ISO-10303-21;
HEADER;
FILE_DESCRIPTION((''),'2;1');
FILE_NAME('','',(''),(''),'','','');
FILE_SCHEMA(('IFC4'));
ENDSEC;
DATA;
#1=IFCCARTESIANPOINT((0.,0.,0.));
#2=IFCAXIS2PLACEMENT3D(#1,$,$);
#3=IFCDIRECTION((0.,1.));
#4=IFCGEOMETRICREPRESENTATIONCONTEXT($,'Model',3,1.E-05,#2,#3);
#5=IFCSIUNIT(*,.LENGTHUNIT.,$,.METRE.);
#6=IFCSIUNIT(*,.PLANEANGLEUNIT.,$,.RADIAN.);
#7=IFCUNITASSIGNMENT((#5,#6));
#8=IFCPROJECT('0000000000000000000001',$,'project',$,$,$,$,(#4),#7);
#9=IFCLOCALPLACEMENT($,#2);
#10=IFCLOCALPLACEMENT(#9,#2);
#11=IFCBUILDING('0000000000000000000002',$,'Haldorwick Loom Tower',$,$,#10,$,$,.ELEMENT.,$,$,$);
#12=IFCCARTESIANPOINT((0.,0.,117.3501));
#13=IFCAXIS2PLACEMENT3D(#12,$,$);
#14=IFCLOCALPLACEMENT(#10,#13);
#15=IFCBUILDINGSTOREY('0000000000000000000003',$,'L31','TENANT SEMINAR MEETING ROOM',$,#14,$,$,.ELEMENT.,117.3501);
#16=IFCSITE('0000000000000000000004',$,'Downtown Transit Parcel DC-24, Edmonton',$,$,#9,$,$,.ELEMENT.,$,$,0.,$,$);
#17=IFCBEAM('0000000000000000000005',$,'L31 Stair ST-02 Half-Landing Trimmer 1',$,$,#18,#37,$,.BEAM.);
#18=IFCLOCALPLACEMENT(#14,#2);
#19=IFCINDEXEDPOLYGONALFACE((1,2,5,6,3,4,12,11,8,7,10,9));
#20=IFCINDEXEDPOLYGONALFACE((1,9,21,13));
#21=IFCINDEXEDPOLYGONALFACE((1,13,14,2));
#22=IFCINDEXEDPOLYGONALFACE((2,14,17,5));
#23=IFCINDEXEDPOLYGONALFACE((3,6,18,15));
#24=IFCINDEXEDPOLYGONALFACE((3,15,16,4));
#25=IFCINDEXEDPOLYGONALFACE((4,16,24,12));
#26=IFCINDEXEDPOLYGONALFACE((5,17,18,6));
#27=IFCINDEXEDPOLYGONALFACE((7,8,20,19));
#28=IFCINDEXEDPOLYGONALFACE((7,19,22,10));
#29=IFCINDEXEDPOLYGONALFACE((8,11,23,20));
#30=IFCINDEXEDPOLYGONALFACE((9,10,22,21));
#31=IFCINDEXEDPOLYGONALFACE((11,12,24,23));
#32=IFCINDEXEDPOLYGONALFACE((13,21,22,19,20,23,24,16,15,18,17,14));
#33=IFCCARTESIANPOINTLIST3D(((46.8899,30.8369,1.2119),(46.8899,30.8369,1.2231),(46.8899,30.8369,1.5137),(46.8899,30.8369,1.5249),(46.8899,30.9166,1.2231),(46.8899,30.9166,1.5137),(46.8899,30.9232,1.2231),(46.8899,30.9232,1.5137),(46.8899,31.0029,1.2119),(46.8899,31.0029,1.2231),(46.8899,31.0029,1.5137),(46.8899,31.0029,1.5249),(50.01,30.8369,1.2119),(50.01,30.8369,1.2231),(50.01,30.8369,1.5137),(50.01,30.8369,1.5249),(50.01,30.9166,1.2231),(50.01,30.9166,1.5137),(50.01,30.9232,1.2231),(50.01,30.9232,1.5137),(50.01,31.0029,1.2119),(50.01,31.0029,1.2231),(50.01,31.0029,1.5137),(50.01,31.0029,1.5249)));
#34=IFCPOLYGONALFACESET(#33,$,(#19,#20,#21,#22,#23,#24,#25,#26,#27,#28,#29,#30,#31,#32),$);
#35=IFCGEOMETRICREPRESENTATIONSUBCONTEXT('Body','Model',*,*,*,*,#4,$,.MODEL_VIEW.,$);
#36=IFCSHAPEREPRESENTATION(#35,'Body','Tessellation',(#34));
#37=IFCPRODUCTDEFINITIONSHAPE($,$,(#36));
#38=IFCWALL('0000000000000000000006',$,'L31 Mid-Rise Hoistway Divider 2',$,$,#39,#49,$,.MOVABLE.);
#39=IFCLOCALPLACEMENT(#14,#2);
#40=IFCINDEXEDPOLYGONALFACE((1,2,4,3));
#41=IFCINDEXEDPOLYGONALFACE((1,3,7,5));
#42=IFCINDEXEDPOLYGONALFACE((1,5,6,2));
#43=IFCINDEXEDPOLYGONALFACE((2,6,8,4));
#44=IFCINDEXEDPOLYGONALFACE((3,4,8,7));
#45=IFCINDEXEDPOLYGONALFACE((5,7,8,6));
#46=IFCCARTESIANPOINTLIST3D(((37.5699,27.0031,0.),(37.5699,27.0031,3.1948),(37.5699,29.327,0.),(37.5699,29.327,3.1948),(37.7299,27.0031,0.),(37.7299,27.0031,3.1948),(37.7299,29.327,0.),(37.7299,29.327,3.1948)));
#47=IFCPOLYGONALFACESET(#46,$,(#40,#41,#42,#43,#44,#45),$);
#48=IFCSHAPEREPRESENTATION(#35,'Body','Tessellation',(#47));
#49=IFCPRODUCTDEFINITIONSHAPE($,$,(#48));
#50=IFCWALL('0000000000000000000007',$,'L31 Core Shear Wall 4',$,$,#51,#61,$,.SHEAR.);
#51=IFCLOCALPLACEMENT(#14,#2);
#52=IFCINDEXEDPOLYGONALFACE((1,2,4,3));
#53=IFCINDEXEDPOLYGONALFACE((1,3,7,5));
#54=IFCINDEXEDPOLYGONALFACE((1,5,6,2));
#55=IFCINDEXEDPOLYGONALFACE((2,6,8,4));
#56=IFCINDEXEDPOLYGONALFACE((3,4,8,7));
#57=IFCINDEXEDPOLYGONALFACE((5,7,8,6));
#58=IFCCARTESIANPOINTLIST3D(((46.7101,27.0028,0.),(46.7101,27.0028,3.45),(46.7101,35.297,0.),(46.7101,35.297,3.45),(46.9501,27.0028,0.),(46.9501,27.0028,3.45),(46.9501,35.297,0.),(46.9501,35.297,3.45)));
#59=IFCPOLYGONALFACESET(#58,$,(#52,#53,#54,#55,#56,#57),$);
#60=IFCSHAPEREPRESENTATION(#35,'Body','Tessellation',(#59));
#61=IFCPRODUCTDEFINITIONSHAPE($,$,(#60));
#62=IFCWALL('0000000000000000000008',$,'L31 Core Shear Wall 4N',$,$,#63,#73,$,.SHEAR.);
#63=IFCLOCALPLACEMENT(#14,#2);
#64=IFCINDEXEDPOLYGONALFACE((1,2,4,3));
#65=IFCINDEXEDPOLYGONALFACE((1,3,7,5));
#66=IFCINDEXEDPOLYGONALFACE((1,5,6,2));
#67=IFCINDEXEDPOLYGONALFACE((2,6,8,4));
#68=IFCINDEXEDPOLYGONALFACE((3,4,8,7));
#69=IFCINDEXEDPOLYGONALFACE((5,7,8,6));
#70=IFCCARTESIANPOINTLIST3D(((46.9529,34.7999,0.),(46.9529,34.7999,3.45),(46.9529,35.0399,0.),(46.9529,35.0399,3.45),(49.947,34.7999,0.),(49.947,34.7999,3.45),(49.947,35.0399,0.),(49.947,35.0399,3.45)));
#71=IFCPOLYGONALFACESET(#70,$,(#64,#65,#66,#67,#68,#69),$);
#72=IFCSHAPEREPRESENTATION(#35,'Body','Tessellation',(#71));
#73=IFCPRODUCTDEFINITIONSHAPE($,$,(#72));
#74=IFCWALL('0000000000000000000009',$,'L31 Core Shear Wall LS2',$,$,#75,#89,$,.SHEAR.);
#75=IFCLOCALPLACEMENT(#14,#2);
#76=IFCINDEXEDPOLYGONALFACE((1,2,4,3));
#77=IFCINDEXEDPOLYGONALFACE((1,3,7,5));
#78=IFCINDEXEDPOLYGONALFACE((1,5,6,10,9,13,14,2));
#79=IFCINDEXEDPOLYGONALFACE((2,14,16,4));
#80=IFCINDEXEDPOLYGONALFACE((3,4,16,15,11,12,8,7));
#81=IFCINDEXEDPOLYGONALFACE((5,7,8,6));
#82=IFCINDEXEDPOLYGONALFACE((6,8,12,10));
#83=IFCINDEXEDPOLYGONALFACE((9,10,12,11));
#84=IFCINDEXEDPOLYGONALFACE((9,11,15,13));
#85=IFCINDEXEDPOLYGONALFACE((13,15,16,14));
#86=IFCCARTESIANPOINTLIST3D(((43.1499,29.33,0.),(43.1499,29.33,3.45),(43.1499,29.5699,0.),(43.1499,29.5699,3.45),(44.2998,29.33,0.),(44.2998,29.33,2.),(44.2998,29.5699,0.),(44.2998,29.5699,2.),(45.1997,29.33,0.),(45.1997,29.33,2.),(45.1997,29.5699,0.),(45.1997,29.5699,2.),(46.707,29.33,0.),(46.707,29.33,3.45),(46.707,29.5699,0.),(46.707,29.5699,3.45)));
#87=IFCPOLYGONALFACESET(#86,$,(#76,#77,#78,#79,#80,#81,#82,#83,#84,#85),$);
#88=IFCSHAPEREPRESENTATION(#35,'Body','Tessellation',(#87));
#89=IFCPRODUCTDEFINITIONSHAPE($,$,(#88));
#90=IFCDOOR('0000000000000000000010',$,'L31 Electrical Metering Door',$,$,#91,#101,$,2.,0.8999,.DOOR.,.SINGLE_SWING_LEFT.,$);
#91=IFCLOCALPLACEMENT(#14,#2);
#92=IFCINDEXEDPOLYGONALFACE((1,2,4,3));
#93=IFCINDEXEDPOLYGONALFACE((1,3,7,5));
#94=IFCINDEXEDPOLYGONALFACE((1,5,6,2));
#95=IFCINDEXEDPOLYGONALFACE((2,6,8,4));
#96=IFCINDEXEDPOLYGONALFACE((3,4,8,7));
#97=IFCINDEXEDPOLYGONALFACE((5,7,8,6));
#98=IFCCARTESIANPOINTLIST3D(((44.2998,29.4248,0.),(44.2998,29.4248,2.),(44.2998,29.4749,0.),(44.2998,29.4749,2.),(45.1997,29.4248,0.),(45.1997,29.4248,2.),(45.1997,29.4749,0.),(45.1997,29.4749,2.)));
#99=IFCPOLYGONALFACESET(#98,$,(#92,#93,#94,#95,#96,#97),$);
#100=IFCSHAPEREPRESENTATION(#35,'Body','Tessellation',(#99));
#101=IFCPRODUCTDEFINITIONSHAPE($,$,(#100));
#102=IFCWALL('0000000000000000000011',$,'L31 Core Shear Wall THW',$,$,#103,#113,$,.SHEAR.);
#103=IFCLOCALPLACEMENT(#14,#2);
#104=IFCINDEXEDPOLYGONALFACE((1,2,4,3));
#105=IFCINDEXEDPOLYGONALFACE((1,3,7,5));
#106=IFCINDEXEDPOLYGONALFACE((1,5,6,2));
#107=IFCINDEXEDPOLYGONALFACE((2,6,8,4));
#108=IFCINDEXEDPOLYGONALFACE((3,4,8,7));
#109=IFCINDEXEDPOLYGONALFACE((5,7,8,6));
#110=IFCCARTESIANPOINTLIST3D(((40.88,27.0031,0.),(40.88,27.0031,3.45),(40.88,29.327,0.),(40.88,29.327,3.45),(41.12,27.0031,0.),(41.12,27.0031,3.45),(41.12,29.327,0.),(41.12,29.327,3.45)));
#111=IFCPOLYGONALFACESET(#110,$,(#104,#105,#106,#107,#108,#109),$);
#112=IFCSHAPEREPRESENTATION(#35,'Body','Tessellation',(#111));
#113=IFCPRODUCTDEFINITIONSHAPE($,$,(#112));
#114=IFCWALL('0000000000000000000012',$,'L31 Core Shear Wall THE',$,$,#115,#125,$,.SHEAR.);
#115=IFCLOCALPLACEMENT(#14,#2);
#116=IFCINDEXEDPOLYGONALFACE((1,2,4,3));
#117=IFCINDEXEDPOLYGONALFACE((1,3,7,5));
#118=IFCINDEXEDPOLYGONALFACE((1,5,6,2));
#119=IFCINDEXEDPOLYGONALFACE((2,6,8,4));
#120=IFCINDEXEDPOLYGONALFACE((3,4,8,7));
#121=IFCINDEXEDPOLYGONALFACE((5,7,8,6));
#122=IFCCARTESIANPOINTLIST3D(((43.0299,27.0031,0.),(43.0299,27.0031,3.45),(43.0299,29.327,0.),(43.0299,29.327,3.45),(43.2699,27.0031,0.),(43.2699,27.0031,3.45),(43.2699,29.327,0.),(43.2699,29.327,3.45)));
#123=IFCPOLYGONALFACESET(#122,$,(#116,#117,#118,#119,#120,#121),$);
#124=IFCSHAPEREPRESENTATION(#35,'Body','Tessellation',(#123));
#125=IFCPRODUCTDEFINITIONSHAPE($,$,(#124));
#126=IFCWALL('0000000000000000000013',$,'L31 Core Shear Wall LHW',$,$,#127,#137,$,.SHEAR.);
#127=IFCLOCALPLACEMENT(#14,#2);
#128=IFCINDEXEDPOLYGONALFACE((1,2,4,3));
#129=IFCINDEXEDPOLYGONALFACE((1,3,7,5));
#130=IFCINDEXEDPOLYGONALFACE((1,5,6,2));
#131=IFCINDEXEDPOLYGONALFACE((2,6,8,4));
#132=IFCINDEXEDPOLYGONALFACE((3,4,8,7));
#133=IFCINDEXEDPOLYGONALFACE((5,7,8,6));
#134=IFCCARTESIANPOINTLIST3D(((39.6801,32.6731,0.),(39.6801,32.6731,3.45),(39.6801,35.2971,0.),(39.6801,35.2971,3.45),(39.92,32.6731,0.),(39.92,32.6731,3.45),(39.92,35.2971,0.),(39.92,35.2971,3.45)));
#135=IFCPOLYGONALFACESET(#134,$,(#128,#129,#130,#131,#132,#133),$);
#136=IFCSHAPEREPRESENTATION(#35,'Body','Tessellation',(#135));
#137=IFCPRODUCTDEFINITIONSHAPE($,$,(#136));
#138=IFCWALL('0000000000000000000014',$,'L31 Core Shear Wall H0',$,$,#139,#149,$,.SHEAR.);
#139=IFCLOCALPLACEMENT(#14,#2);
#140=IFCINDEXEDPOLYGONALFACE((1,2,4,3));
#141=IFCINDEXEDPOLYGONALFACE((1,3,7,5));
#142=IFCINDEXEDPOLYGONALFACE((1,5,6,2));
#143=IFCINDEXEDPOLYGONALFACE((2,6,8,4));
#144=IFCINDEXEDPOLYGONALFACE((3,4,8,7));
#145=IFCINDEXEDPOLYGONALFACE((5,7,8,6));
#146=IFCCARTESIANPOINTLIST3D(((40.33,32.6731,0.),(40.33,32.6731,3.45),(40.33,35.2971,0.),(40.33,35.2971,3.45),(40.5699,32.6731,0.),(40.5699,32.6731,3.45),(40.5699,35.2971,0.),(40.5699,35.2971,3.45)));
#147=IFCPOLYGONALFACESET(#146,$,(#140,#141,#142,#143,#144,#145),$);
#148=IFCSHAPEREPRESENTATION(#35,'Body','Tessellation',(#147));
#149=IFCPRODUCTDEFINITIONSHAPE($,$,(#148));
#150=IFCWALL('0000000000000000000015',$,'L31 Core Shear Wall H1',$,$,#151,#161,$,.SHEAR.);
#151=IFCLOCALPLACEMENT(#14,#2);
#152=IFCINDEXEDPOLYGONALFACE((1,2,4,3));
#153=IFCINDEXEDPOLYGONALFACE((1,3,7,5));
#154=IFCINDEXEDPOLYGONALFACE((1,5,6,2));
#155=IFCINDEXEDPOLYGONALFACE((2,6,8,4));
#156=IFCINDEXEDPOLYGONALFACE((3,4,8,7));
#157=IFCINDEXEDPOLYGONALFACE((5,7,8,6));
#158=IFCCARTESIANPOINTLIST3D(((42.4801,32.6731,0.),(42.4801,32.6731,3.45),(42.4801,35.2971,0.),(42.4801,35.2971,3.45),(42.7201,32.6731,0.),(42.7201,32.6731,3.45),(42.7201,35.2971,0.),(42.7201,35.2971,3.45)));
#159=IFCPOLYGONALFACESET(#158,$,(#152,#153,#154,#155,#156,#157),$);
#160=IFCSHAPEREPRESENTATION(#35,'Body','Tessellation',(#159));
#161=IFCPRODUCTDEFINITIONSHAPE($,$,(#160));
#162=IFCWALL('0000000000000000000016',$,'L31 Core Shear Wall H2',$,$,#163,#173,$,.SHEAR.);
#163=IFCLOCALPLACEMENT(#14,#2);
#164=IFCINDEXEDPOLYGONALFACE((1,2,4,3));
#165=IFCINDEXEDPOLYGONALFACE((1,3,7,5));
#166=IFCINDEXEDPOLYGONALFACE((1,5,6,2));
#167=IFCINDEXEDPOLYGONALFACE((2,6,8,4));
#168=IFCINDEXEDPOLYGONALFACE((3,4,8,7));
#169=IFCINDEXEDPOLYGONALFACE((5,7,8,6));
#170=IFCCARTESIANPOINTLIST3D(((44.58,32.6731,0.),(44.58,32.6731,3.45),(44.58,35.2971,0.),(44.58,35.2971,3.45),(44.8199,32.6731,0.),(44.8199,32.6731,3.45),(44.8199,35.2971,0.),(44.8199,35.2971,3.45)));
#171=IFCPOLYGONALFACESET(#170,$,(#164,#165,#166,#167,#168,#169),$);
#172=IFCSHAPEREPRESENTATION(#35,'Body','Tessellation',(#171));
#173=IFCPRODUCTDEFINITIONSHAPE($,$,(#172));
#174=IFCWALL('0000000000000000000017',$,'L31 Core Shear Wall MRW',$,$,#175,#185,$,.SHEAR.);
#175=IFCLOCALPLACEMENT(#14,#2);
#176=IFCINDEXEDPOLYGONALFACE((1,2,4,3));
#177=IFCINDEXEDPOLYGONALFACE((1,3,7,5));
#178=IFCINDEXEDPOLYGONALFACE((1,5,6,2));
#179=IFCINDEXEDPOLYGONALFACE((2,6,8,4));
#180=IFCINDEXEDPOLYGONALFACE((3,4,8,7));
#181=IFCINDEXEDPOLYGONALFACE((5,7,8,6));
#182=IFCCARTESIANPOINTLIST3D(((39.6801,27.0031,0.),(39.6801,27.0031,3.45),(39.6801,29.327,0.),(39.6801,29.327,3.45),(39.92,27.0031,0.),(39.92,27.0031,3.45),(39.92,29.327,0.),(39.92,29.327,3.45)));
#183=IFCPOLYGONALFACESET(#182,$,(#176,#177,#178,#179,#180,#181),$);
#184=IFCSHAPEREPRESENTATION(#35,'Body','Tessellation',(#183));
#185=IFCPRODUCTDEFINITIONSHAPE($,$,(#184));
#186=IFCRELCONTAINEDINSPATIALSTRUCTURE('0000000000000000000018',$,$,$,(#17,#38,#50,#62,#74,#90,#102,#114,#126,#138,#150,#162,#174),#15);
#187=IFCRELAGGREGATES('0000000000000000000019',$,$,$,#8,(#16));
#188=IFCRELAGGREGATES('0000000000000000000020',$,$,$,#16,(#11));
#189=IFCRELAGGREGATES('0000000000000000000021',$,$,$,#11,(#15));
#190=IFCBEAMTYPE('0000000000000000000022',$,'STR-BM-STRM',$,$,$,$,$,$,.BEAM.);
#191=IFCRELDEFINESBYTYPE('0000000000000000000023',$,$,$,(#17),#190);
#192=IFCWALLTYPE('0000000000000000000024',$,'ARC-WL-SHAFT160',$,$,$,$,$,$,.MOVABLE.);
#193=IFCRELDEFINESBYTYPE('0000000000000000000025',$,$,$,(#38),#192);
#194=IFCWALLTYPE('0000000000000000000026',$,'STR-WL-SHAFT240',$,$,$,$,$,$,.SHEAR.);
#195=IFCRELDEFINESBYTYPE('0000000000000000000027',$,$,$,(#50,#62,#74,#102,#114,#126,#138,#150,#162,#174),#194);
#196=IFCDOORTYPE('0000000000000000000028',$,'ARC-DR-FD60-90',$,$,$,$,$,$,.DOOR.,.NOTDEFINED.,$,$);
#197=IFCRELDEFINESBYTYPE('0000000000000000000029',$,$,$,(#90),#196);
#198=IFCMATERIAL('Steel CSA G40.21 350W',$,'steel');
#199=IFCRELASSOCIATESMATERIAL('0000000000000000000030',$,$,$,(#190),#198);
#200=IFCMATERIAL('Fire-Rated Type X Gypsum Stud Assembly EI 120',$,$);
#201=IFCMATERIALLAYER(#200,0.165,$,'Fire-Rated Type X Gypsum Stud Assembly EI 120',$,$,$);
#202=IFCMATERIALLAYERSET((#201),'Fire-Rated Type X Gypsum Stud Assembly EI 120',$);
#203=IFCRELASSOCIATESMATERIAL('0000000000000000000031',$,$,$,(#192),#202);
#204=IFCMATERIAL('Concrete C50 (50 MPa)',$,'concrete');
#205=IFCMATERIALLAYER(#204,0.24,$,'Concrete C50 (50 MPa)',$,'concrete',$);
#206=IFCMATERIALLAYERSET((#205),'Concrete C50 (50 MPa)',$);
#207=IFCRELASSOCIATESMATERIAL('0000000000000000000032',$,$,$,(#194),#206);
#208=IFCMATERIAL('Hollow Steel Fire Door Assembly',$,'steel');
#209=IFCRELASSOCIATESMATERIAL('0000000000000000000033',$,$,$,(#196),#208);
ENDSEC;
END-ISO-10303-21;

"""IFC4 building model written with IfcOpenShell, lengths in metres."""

from ifc_helpers import new_model, si_unit, direction, frame, frame_2d, origin, origin_2d, place, context, subcontext, project, spatial, rectangle, i_section, extrude, material, layer, layer_set, material_profile, profile_set, type_object, element, fill, save


model = new_model("IFC4")

# Units and contexts
model_context = context("Model", 3, precision=1e-05, world=origin(), true_north=direction((0.0, 1.0)))
body_context = subcontext(model_context, "Body", "Model", "MODEL_VIEW")
ifc_project = project(units=[si_unit("LENGTHUNIT", "METRE"), si_unit("PLANEANGLEUNIT", "RADIAN")], contexts=[model_context])

# Site, building, storey
site_placement = place(None, origin())
site = spatial("IfcSite", under=ifc_project, at=site_placement, Name="Downtown Transit Parcel DC-24, Edmonton", CompositionType="ELEMENT", RefElevation=0.0)
building_placement = place(site_placement, origin())
building = spatial("IfcBuilding", under=site, at=building_placement, Name="Haldorwick Loom Tower", CompositionType="ELEMENT")
storey_placement = place(building_placement, frame((0.0, 0.0, 117.3501)))
storey = spatial("IfcBuildingStorey", under=building, at=storey_placement, Name="L31", Description="TENANT SEMINAR MEETING ROOM", CompositionType="ELEMENT", Elevation=117.3501)

# Beam
ifc_material_1 = material(Name="Steel CSA G40.21 350W", Category="steel")
ifc_material_profile_1 = material_profile(ifc_material_1, i_section(OverallWidth=0.166, OverallDepth=0.313, WebThickness=0.0066, FlangeThickness=0.0112, at=origin_2d()), Name="W310X45", Category="steel")
ifc_profile_set_1 = profile_set([ifc_material_profile_1], Name="Steel CSA G40.21 350W")
beam_type_1 = type_object("IfcBeamType", Name="STR-BM-STRM", PredefinedType="BEAM", material=ifc_profile_set_1)
for number, where, z_axis, x_axis, name in (
    (1, (46.8899, 30.9199, 1.3684), (1.0, 0.0, 0.0), (0.0, 1.0, 0.0), "L31 Stair ST-02 Half-Landing Trimmer 1"),
):
    element("IfcBeam", number, at=place(storey_placement, frame(where, z_axis=z_axis, x_axis=x_axis)), inside=storey, type_object=beam_type_1, Name=name, PredefinedType="BEAM", context=body_context, shape_type="SweptSolid", body=[
        extrude(i_section(OverallWidth=0.166, OverallDepth=0.313, WebThickness=0.0066, FlangeThickness=0.0112, at=origin_2d()), origin(), (0.0, 0.0, 1.0), 3.1201),
    ])

# Walls
ifc_material_2 = material(Name="Fire-Rated Type X Gypsum Stud Assembly EI 120")
ifc_layer_1 = layer(ifc_material_2, 0.165, Name="Fire-Rated Type X Gypsum Stud Assembly EI 120")
ifc_layer_set_1 = layer_set([ifc_layer_1], Name="Fire-Rated Type X Gypsum Stud Assembly EI 120")
wall_type_1 = type_object("IfcWallType", Name="ARC-WL-SHAFT160", PredefinedType="MOVABLE", material=ifc_layer_set_1)
wall_1_placement = place(storey_placement, frame((37.6499, 27.0029, 0.0), z_axis=(0.0, 0.0, 1.0), x_axis=(0.0, 1.0, 0.0)))
element("IfcWall", 2, at=wall_1_placement, inside=storey, type_object=wall_type_1, Name="L31 Mid-Rise Hoistway Divider 2", PredefinedType="MOVABLE", context=body_context, shape_type="SweptSolid", body=[
    extrude(rectangle(XDim=2.324, YDim=0.1599, at=frame_2d((1.1621, 0.0))), origin(), (0.0, 0.0, 1.0), 3.1948),
])
ifc_material_3 = material(Name="Concrete C50 (50 MPa)", Category="concrete")
ifc_layer_2 = layer(ifc_material_3, 0.24, Name="Concrete C50 (50 MPa)", Category="concrete")
ifc_layer_set_2 = layer_set([ifc_layer_2], Name="Concrete C50 (50 MPa)")
wall_type_2 = type_object("IfcWallType", Name="STR-WL-SHAFT240", PredefinedType="SHEAR", material=ifc_layer_set_2)
wall_2_placement = place(storey_placement, frame((46.8301, 27.0029, 0.0), z_axis=(0.0, 0.0, 1.0), x_axis=(0.0, 1.0, 0.0)))
element("IfcWall", 3, at=wall_2_placement, inside=storey, type_object=wall_type_2, Name="L31 Core Shear Wall 4", PredefinedType="SHEAR", context=body_context, shape_type="SweptSolid", body=[
    extrude(rectangle(XDim=8.2942, YDim=0.24, at=frame_2d((4.147, 0.0))), origin(), (0.0, 0.0, 1.0), 3.45),
])
wall_3_placement = place(storey_placement, frame((46.9529, 34.9199, 0.0), z_axis=(0.0, 0.0, 1.0), x_axis=(1.0, 0.0, 0.0)))
element("IfcWall", 4, at=wall_3_placement, inside=storey, type_object=wall_type_2, Name="L31 Core Shear Wall 4N", PredefinedType="SHEAR", context=body_context, shape_type="SweptSolid", body=[
    extrude(rectangle(XDim=2.9941, YDim=0.24, at=frame_2d((1.4971, 0.0))), origin(), (0.0, 0.0, 1.0), 3.45),
])

# Wall, opening, door
wall_4_placement = place(storey_placement, frame((43.1499, 29.45, 0.0), z_axis=(0.0, 0.0, 1.0), x_axis=(1.0, 0.0, 0.0)))
wall_4 = element("IfcWall", 5, at=wall_4_placement, inside=storey, type_object=wall_type_2, Name="L31 Core Shear Wall LS2", PredefinedType="SHEAR", context=body_context, shape_type="SweptSolid", body=[
    extrude(rectangle(XDim=3.5571, YDim=0.24, at=frame_2d((1.7786, 0.0))), origin(), (0.0, 0.0, 1.0), 3.45),
])
opening_placement = place(wall_4_placement, frame((1.1499, 0.0, 0.0)))
opening = element("IfcOpeningElement", 6, at=opening_placement, cuts=wall_4, PredefinedType="OPENING", context=body_context, shape_type="SweptSolid", body=[
    extrude(rectangle(XDim=0.8999, YDim=2.0, at=frame_2d((0.45, 1.0))), frame((0.0, 0.1299, 0.0), z_axis=(0.0, -1.0, 0.0), x_axis=(1.0, 0.0, 0.0)), (0.0, 0.0, 1.0), 0.26),
])
ifc_material_4 = material(Name="Hollow Steel Fire Door Assembly", Category="steel")
door_type = type_object("IfcDoorType", Name="ARC-DR-FD60-90", OperationType="NOTDEFINED", PredefinedType="DOOR", material=ifc_material_4)
door_placement = place(opening_placement, origin())
door = element("IfcDoor", 7, at=door_placement, inside=storey, type_object=door_type, Name="L31 Electrical Metering Door", OperationType="SINGLE_SWING_LEFT", OverallHeight=2.0, OverallWidth=0.8999, PredefinedType="DOOR", context=body_context, shape_type="SweptSolid", body=[
    extrude(rectangle(XDim=0.8999, YDim=2.0, at=frame_2d((0.45, 1.0))), frame((0.0, 0.0249, 0.0), z_axis=(0.0, -1.0, 0.0), x_axis=(1.0, 0.0, 0.0)), (0.0, 0.0, 1.0), 0.05),
])
fill(opening, door)

# Walls
for number, where, z_axis, x_axis, name in (
    (8, (41.0, 27.0029, 0.0), (0.0, 0.0, 1.0), (0.0, 1.0, 0.0), "L31 Core Shear Wall THW"),
    (9, (43.1499, 27.0029, 0.0), (0.0, 0.0, 1.0), (0.0, 1.0, 0.0), "L31 Core Shear Wall THE"),
):
    element("IfcWall", number, at=place(storey_placement, frame(where, z_axis=z_axis, x_axis=x_axis)), inside=storey, type_object=wall_type_2, Name=name, PredefinedType="SHEAR", context=body_context, shape_type="SweptSolid", body=[
        extrude(rectangle(XDim=2.324, YDim=0.24, at=frame_2d((1.1621, 0.0))), origin(), (0.0, 0.0, 1.0), 3.45),
    ])
for number, where, z_axis, x_axis, name in (
    (10, (39.8, 32.6731, 0.0), (0.0, 0.0, 1.0), (0.0, 1.0, 0.0), "L31 Core Shear Wall LHW"),
    (11, (40.45, 32.6731, 0.0), (0.0, 0.0, 1.0), (0.0, 1.0, 0.0), "L31 Core Shear Wall H0"),
    (12, (42.6001, 32.6731, 0.0), (0.0, 0.0, 1.0), (0.0, 1.0, 0.0), "L31 Core Shear Wall H1"),
    (13, (44.7, 32.6731, 0.0), (0.0, 0.0, 1.0), (0.0, 1.0, 0.0), "L31 Core Shear Wall H2"),
):
    element("IfcWall", number, at=place(storey_placement, frame(where, z_axis=z_axis, x_axis=x_axis)), inside=storey, type_object=wall_type_2, Name=name, PredefinedType="SHEAR", context=body_context, shape_type="SweptSolid", body=[
        extrude(rectangle(XDim=2.624, YDim=0.24, at=frame_2d((1.312, 0.0))), origin(), (0.0, 0.0, 1.0), 3.45),
    ])
wall_5_placement = place(storey_placement, frame((39.8, 27.0029, 0.0), z_axis=(0.0, 0.0, 1.0), x_axis=(0.0, 1.0, 0.0)))
element("IfcWall", 14, at=wall_5_placement, inside=storey, type_object=wall_type_2, Name="L31 Core Shear Wall MRW", PredefinedType="SHEAR", context=body_context, shape_type="SweptSolid", body=[
    extrude(rectangle(XDim=2.324, YDim=0.24, at=frame_2d((1.1621, 0.0))), origin(), (0.0, 0.0, 1.0), 3.45),
])

save(model, "model.ifc")
